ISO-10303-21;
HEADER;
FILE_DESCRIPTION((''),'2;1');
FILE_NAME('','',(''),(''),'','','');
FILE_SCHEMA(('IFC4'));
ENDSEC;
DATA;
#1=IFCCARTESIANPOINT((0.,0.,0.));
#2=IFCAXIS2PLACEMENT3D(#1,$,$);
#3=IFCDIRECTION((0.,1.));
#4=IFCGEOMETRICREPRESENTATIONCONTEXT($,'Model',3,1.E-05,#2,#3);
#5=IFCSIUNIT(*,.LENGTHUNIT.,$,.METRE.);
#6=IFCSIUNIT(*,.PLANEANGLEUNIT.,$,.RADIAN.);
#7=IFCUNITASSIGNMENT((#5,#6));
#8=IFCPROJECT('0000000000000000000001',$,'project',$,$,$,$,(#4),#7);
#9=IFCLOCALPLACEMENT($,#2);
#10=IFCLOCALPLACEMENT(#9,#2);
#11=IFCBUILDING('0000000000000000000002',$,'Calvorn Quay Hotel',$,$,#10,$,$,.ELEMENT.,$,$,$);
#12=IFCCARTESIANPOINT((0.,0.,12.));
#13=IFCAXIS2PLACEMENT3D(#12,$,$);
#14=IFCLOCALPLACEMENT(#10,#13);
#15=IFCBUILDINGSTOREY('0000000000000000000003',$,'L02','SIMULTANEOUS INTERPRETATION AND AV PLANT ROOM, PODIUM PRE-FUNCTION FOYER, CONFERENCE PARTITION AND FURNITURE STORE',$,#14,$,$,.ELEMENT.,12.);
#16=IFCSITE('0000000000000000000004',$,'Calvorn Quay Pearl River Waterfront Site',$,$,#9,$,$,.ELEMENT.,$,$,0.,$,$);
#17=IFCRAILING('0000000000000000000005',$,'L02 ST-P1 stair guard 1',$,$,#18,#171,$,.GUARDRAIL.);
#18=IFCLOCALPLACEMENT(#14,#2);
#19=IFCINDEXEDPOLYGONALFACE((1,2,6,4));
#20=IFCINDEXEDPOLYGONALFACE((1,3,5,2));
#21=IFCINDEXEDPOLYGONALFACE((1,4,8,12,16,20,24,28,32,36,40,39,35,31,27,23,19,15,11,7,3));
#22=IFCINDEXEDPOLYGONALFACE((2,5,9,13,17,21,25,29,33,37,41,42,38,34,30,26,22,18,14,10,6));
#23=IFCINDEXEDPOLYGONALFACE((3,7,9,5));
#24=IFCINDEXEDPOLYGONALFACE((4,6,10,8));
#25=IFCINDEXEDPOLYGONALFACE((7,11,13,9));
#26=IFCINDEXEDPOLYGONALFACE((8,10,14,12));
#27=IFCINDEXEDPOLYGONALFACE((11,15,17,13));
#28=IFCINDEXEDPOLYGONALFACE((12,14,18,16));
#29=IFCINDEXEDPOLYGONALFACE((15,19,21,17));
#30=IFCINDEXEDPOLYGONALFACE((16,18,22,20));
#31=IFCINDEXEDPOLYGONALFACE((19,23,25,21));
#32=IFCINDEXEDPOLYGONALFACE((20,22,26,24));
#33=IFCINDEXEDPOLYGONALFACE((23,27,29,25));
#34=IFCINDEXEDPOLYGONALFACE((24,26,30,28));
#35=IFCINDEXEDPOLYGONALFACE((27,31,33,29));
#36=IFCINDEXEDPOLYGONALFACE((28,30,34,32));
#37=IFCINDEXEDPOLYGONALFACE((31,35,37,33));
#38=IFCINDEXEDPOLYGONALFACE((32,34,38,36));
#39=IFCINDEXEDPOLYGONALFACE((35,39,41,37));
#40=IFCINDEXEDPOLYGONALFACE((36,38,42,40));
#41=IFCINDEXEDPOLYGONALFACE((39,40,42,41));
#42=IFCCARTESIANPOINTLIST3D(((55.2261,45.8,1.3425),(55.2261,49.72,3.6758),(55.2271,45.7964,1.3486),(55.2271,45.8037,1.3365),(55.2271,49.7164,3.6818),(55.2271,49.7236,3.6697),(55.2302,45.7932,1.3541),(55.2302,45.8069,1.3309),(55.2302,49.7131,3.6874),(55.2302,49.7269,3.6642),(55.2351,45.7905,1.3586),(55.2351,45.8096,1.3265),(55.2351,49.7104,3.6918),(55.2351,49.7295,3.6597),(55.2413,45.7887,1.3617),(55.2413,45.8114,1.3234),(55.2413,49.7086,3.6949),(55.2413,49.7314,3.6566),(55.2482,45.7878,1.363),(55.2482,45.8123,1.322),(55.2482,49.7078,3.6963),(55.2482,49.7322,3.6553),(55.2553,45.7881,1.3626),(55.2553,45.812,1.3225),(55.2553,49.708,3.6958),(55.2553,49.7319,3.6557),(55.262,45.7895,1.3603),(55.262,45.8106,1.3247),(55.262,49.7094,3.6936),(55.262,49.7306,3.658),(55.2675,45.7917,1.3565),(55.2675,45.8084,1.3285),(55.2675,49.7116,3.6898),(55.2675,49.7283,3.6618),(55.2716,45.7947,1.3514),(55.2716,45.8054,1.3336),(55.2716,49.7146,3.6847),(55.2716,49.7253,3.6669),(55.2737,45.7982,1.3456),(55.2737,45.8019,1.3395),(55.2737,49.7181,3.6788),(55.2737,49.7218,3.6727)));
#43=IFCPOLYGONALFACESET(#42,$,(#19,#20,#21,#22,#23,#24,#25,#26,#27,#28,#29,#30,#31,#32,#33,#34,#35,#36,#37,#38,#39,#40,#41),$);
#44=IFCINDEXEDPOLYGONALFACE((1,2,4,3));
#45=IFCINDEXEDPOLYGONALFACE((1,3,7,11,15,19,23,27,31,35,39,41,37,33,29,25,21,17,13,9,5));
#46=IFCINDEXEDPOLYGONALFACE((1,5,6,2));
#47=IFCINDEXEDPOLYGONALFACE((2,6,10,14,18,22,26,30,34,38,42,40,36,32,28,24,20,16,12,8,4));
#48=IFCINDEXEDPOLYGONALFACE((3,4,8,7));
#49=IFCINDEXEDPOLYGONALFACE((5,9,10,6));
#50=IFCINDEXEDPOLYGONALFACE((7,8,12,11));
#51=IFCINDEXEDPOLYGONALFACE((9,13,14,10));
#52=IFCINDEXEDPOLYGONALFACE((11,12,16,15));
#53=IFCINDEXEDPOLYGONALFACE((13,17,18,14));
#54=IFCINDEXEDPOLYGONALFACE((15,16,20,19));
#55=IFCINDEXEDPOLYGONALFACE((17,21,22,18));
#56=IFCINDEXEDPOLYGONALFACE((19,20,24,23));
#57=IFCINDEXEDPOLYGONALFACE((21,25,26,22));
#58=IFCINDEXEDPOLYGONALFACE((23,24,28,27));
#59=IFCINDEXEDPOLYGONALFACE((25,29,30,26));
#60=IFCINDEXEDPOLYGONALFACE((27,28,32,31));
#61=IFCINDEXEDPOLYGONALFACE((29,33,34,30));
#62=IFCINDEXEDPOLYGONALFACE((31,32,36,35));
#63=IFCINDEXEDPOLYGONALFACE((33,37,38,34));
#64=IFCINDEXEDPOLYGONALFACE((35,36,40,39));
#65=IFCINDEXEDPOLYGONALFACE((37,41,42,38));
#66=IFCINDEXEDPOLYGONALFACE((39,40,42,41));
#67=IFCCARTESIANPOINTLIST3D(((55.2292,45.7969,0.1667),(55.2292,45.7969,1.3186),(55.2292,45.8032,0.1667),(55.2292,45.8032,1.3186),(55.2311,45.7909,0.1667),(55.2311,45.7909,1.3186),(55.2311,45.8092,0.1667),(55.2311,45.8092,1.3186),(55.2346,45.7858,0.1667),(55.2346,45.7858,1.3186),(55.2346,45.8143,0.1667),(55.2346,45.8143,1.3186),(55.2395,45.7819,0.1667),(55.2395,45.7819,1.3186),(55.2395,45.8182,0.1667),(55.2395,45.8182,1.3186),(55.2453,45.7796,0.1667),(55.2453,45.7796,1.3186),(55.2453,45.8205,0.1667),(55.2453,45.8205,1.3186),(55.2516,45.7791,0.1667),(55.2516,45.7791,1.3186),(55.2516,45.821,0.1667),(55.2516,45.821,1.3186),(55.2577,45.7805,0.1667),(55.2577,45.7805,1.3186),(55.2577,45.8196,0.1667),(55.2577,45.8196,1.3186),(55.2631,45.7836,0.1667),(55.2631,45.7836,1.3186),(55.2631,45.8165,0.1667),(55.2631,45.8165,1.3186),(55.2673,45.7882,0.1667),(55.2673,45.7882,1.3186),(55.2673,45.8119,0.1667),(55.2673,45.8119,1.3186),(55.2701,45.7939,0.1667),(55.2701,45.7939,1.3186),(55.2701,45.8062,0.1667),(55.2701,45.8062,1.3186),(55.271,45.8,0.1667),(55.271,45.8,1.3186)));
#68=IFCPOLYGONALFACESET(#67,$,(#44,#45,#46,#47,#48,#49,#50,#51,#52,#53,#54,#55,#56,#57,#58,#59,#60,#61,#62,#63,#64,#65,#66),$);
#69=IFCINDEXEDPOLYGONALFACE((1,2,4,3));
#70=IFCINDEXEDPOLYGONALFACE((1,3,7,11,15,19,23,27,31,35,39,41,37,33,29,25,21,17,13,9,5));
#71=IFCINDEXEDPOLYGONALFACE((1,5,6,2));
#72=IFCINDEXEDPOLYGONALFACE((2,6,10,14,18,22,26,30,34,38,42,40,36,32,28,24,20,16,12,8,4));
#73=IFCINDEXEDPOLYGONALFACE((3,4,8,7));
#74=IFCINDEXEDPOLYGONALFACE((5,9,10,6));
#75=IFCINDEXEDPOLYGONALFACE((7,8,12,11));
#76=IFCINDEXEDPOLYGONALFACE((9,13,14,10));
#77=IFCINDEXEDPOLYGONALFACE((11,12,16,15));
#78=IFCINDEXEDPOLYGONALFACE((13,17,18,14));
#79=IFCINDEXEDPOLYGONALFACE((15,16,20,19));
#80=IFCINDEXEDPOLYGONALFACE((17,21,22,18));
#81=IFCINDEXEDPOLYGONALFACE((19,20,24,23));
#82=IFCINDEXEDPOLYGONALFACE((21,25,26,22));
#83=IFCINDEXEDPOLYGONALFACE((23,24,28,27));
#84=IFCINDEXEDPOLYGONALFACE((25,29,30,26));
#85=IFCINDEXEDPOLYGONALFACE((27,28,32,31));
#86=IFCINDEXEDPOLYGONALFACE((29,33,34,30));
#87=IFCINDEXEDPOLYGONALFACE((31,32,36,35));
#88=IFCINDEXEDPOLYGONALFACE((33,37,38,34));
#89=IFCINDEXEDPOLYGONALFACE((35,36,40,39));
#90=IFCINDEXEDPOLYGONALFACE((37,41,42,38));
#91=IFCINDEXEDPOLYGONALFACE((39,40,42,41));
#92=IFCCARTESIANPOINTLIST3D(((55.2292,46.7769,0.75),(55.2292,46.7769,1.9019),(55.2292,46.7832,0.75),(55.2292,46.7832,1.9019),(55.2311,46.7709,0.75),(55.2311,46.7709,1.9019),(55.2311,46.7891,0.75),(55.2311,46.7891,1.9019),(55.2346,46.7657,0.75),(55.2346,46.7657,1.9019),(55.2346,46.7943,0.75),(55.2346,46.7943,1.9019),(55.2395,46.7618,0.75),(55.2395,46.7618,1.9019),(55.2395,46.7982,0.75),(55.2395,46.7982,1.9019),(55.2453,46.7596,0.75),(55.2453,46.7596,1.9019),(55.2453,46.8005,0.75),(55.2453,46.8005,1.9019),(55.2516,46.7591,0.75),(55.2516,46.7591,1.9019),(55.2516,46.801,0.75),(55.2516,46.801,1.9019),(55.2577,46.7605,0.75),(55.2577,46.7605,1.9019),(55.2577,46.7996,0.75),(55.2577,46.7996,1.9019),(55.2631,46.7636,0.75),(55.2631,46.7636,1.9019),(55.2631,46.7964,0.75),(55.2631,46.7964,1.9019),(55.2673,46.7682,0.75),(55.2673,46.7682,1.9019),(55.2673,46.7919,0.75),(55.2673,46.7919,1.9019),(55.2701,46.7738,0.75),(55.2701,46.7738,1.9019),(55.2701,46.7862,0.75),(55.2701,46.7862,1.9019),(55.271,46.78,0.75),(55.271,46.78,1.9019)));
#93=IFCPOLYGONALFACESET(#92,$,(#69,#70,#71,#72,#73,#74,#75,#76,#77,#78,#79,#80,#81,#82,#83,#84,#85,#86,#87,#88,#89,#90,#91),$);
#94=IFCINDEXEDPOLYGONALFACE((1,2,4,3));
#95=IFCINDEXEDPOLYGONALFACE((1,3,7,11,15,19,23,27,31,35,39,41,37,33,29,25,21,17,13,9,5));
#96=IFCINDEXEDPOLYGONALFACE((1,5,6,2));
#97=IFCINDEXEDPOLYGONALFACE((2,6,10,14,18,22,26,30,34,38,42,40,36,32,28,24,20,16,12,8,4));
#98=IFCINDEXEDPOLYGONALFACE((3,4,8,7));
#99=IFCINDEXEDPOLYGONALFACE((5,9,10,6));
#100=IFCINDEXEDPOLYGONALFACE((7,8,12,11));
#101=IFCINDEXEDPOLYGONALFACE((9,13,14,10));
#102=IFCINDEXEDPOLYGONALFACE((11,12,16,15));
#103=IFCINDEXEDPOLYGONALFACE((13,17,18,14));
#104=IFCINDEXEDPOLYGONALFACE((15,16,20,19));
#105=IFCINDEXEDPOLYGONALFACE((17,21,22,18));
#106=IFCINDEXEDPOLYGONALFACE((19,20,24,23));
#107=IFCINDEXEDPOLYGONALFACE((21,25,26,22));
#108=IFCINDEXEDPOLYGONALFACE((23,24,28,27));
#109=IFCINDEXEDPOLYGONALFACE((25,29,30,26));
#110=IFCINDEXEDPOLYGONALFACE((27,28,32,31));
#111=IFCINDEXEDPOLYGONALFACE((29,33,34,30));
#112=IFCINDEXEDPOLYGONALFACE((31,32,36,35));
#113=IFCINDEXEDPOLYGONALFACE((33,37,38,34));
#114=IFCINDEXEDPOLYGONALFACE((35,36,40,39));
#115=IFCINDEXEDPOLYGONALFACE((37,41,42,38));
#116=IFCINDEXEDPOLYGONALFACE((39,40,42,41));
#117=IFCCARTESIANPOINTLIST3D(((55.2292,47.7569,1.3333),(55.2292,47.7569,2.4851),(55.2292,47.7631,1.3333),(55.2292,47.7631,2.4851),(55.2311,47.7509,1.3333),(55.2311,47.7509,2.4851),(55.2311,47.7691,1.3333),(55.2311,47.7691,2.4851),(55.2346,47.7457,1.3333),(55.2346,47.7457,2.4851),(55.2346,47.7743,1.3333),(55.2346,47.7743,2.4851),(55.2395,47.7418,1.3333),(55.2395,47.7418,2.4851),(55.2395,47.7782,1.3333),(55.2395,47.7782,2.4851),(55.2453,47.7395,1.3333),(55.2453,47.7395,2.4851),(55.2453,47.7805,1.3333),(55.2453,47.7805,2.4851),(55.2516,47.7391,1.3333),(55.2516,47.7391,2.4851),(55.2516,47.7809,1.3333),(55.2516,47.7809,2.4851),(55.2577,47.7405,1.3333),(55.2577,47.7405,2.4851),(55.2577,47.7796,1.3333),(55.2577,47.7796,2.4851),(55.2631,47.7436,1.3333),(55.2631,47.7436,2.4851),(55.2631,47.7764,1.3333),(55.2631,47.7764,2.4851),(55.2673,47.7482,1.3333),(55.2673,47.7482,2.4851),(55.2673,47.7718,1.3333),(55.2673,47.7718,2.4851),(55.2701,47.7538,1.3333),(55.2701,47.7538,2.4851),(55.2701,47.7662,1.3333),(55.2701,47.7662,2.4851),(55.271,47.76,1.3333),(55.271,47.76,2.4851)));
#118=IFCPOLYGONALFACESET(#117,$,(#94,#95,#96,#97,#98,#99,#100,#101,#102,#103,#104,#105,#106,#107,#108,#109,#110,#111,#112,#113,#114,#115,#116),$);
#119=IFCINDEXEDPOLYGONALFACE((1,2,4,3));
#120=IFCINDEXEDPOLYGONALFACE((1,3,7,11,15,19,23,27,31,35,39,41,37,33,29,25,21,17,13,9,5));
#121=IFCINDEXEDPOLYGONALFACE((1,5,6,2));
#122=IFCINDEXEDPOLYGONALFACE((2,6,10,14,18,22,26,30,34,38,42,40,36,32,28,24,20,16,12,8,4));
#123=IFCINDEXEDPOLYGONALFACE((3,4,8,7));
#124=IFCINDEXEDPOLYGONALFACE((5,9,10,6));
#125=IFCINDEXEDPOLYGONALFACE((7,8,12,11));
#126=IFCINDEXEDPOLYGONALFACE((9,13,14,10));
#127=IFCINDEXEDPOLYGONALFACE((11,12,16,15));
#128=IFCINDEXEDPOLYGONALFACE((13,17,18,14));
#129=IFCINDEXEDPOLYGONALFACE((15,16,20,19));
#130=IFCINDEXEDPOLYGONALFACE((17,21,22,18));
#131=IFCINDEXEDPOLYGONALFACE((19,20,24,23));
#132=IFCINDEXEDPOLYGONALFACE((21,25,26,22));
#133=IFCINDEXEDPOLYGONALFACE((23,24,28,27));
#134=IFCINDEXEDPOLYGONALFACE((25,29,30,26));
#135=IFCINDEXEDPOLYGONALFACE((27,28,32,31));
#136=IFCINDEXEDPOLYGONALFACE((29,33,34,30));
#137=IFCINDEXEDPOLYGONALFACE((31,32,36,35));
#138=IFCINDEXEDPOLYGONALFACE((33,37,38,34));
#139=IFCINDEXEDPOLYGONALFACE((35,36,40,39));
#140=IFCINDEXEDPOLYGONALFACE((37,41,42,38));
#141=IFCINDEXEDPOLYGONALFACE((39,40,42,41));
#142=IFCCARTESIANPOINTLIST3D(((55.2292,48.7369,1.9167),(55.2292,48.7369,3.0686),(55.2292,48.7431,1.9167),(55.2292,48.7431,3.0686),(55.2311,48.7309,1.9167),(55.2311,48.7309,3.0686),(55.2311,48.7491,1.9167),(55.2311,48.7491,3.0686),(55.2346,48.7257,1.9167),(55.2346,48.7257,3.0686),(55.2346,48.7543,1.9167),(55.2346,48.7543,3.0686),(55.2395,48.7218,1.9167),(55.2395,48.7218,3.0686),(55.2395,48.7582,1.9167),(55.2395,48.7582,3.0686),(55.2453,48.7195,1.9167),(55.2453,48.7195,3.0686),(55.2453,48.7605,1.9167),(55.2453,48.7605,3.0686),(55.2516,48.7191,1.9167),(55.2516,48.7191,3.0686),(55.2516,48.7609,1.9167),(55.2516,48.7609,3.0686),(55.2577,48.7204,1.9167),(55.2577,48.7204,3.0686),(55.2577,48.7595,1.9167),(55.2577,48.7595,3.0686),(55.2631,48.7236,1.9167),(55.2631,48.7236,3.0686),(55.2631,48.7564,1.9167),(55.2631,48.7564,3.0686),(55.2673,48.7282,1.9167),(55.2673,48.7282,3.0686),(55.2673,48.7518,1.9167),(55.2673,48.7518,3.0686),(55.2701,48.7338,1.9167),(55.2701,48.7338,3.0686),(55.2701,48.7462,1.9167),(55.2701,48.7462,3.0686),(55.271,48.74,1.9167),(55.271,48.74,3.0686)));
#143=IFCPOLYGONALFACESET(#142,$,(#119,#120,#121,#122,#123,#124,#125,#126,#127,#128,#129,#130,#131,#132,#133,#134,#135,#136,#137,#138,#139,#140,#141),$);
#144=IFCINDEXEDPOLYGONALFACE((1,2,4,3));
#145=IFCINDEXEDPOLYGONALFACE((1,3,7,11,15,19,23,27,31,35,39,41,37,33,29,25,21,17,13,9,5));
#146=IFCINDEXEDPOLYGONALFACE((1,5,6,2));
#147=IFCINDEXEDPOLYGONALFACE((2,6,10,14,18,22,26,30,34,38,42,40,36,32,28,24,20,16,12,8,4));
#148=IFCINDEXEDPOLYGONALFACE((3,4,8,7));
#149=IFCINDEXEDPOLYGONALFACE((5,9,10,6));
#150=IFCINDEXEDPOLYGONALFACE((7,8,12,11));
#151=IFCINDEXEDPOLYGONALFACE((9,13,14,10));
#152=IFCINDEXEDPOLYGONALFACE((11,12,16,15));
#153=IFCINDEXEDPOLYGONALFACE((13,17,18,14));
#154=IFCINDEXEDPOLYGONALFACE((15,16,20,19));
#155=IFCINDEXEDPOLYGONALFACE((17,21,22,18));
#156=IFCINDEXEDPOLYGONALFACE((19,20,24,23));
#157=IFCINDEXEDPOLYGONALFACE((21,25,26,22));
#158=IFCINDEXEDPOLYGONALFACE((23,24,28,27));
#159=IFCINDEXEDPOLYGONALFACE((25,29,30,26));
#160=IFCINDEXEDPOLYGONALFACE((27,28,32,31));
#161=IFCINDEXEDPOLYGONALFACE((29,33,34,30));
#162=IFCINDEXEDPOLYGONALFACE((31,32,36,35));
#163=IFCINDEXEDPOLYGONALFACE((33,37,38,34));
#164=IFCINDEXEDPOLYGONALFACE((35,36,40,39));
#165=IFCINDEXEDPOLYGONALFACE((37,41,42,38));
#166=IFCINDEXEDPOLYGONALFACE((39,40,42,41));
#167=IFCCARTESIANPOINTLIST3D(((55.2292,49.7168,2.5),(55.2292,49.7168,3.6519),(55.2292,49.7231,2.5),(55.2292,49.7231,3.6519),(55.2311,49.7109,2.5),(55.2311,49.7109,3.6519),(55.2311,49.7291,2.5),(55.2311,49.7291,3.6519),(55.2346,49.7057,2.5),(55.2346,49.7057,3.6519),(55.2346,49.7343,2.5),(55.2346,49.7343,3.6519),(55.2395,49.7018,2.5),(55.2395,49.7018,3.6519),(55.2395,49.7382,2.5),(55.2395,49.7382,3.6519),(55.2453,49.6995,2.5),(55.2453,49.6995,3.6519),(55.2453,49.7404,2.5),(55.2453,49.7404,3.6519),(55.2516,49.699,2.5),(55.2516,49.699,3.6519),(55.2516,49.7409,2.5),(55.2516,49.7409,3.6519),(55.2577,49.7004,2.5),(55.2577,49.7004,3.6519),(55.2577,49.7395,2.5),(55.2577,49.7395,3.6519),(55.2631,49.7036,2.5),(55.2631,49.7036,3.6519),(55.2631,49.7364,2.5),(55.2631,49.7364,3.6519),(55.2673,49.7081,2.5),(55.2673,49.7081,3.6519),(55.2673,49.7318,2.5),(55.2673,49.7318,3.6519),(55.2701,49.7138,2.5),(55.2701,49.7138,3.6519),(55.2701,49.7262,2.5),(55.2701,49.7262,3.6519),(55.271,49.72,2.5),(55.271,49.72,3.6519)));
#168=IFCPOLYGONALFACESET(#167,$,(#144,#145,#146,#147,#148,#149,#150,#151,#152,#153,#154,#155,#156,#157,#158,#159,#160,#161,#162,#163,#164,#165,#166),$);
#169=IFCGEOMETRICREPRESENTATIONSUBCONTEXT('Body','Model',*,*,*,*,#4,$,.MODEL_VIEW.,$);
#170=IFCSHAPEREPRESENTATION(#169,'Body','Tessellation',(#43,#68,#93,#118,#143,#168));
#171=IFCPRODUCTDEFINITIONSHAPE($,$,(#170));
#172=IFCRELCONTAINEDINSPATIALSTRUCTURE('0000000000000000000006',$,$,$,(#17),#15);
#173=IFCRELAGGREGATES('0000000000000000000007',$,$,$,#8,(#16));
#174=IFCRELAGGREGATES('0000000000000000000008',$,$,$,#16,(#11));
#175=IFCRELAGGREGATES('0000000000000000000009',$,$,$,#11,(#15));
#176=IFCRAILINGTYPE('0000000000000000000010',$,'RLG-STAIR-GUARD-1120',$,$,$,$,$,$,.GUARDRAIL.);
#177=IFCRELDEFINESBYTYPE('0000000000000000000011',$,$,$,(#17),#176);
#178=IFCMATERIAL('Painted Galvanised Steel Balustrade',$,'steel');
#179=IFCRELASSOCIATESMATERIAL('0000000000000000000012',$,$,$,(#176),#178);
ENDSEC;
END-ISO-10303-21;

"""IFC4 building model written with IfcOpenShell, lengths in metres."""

from ifc_helpers import new_model, si_unit, direction, frame, origin, origin_2d, place, context, subcontext, project, spatial, circle, extrude, material, type_object, element, save


model = new_model("IFC4")

# Units and contexts
model_context = context("Model", 3, precision=1e-05, world=origin(), true_north=direction((0.0, 1.0)))
body_context = subcontext(model_context, "Body", "Model", "MODEL_VIEW")
ifc_project = project(units=[si_unit("LENGTHUNIT", "METRE"), si_unit("PLANEANGLEUNIT", "RADIAN")], contexts=[model_context])

# Site, building, storey
site_placement = place(None, origin())
site = spatial("IfcSite", under=ifc_project, at=site_placement, Name="Calvorn Quay Pearl River Waterfront Site", CompositionType="ELEMENT", RefElevation=0.0)
building_placement = place(site_placement, origin())
building = spatial("IfcBuilding", under=site, at=building_placement, Name="Calvorn Quay Hotel", CompositionType="ELEMENT")
storey_placement = place(building_placement, frame((0.0, 0.0, 12.0)))
storey = spatial("IfcBuildingStorey", under=building, at=storey_placement, Name="L02", Description="SIMULTANEOUS INTERPRETATION AND AV PLANT ROOM, PODIUM PRE-FUNCTION FOYER, CONFERENCE PARTITION AND FURNITURE STORE", CompositionType="ELEMENT", Elevation=12.0)

# Railing
ifc_material_1 = material(Name="Painted Galvanised Steel Balustrade", Category="steel")
railing_type_1 = type_object("IfcRailingType", Name="RLG-STAIR-GUARD-1120", PredefinedType="GUARDRAIL", material=ifc_material_1)
railing_1_placement = place(storey_placement, frame((55.25, 45.8, 0.1667)))
element("IfcRailing", 1, at=railing_1_placement, inside=storey, type_object=railing_type_1, Name="L02 ST-P1 stair guard 1", PredefinedType="GUARDRAIL", context=body_context, shape_type="SweptSolid", body=[
    extrude(circle(Radius=0.0239, at=origin_2d()), frame((0.0, 0.0, 1.1758), z_axis=(0.0, 0.859296, 0.511478), x_axis=(-1.0, 0.0, 0.0)), (0.0, 0.0, 1.0), 4.5618),
    extrude(circle(Radius=0.021, at=origin_2d()), origin(), (0.0, 0.0, 1.0), 1.1519),
    extrude(circle(Radius=0.021, at=origin_2d()), frame((0.0, 0.98, 0.5833)), (0.0, 0.0, 1.0), 1.1519),
    extrude(circle(Radius=0.021, at=origin_2d()), frame((0.0, 1.96, 1.1665)), (0.0, 0.0, 1.0), 1.1519),
    extrude(circle(Radius=0.021, at=origin_2d()), frame((0.0, 2.9399, 1.75)), (0.0, 0.0, 1.0), 1.1519),
    extrude(circle(Radius=0.021, at=origin_2d()), frame((0.0, 3.9199, 2.3333)), (0.0, 0.0, 1.0), 1.1519),
])

save(model, "model.ifc")
